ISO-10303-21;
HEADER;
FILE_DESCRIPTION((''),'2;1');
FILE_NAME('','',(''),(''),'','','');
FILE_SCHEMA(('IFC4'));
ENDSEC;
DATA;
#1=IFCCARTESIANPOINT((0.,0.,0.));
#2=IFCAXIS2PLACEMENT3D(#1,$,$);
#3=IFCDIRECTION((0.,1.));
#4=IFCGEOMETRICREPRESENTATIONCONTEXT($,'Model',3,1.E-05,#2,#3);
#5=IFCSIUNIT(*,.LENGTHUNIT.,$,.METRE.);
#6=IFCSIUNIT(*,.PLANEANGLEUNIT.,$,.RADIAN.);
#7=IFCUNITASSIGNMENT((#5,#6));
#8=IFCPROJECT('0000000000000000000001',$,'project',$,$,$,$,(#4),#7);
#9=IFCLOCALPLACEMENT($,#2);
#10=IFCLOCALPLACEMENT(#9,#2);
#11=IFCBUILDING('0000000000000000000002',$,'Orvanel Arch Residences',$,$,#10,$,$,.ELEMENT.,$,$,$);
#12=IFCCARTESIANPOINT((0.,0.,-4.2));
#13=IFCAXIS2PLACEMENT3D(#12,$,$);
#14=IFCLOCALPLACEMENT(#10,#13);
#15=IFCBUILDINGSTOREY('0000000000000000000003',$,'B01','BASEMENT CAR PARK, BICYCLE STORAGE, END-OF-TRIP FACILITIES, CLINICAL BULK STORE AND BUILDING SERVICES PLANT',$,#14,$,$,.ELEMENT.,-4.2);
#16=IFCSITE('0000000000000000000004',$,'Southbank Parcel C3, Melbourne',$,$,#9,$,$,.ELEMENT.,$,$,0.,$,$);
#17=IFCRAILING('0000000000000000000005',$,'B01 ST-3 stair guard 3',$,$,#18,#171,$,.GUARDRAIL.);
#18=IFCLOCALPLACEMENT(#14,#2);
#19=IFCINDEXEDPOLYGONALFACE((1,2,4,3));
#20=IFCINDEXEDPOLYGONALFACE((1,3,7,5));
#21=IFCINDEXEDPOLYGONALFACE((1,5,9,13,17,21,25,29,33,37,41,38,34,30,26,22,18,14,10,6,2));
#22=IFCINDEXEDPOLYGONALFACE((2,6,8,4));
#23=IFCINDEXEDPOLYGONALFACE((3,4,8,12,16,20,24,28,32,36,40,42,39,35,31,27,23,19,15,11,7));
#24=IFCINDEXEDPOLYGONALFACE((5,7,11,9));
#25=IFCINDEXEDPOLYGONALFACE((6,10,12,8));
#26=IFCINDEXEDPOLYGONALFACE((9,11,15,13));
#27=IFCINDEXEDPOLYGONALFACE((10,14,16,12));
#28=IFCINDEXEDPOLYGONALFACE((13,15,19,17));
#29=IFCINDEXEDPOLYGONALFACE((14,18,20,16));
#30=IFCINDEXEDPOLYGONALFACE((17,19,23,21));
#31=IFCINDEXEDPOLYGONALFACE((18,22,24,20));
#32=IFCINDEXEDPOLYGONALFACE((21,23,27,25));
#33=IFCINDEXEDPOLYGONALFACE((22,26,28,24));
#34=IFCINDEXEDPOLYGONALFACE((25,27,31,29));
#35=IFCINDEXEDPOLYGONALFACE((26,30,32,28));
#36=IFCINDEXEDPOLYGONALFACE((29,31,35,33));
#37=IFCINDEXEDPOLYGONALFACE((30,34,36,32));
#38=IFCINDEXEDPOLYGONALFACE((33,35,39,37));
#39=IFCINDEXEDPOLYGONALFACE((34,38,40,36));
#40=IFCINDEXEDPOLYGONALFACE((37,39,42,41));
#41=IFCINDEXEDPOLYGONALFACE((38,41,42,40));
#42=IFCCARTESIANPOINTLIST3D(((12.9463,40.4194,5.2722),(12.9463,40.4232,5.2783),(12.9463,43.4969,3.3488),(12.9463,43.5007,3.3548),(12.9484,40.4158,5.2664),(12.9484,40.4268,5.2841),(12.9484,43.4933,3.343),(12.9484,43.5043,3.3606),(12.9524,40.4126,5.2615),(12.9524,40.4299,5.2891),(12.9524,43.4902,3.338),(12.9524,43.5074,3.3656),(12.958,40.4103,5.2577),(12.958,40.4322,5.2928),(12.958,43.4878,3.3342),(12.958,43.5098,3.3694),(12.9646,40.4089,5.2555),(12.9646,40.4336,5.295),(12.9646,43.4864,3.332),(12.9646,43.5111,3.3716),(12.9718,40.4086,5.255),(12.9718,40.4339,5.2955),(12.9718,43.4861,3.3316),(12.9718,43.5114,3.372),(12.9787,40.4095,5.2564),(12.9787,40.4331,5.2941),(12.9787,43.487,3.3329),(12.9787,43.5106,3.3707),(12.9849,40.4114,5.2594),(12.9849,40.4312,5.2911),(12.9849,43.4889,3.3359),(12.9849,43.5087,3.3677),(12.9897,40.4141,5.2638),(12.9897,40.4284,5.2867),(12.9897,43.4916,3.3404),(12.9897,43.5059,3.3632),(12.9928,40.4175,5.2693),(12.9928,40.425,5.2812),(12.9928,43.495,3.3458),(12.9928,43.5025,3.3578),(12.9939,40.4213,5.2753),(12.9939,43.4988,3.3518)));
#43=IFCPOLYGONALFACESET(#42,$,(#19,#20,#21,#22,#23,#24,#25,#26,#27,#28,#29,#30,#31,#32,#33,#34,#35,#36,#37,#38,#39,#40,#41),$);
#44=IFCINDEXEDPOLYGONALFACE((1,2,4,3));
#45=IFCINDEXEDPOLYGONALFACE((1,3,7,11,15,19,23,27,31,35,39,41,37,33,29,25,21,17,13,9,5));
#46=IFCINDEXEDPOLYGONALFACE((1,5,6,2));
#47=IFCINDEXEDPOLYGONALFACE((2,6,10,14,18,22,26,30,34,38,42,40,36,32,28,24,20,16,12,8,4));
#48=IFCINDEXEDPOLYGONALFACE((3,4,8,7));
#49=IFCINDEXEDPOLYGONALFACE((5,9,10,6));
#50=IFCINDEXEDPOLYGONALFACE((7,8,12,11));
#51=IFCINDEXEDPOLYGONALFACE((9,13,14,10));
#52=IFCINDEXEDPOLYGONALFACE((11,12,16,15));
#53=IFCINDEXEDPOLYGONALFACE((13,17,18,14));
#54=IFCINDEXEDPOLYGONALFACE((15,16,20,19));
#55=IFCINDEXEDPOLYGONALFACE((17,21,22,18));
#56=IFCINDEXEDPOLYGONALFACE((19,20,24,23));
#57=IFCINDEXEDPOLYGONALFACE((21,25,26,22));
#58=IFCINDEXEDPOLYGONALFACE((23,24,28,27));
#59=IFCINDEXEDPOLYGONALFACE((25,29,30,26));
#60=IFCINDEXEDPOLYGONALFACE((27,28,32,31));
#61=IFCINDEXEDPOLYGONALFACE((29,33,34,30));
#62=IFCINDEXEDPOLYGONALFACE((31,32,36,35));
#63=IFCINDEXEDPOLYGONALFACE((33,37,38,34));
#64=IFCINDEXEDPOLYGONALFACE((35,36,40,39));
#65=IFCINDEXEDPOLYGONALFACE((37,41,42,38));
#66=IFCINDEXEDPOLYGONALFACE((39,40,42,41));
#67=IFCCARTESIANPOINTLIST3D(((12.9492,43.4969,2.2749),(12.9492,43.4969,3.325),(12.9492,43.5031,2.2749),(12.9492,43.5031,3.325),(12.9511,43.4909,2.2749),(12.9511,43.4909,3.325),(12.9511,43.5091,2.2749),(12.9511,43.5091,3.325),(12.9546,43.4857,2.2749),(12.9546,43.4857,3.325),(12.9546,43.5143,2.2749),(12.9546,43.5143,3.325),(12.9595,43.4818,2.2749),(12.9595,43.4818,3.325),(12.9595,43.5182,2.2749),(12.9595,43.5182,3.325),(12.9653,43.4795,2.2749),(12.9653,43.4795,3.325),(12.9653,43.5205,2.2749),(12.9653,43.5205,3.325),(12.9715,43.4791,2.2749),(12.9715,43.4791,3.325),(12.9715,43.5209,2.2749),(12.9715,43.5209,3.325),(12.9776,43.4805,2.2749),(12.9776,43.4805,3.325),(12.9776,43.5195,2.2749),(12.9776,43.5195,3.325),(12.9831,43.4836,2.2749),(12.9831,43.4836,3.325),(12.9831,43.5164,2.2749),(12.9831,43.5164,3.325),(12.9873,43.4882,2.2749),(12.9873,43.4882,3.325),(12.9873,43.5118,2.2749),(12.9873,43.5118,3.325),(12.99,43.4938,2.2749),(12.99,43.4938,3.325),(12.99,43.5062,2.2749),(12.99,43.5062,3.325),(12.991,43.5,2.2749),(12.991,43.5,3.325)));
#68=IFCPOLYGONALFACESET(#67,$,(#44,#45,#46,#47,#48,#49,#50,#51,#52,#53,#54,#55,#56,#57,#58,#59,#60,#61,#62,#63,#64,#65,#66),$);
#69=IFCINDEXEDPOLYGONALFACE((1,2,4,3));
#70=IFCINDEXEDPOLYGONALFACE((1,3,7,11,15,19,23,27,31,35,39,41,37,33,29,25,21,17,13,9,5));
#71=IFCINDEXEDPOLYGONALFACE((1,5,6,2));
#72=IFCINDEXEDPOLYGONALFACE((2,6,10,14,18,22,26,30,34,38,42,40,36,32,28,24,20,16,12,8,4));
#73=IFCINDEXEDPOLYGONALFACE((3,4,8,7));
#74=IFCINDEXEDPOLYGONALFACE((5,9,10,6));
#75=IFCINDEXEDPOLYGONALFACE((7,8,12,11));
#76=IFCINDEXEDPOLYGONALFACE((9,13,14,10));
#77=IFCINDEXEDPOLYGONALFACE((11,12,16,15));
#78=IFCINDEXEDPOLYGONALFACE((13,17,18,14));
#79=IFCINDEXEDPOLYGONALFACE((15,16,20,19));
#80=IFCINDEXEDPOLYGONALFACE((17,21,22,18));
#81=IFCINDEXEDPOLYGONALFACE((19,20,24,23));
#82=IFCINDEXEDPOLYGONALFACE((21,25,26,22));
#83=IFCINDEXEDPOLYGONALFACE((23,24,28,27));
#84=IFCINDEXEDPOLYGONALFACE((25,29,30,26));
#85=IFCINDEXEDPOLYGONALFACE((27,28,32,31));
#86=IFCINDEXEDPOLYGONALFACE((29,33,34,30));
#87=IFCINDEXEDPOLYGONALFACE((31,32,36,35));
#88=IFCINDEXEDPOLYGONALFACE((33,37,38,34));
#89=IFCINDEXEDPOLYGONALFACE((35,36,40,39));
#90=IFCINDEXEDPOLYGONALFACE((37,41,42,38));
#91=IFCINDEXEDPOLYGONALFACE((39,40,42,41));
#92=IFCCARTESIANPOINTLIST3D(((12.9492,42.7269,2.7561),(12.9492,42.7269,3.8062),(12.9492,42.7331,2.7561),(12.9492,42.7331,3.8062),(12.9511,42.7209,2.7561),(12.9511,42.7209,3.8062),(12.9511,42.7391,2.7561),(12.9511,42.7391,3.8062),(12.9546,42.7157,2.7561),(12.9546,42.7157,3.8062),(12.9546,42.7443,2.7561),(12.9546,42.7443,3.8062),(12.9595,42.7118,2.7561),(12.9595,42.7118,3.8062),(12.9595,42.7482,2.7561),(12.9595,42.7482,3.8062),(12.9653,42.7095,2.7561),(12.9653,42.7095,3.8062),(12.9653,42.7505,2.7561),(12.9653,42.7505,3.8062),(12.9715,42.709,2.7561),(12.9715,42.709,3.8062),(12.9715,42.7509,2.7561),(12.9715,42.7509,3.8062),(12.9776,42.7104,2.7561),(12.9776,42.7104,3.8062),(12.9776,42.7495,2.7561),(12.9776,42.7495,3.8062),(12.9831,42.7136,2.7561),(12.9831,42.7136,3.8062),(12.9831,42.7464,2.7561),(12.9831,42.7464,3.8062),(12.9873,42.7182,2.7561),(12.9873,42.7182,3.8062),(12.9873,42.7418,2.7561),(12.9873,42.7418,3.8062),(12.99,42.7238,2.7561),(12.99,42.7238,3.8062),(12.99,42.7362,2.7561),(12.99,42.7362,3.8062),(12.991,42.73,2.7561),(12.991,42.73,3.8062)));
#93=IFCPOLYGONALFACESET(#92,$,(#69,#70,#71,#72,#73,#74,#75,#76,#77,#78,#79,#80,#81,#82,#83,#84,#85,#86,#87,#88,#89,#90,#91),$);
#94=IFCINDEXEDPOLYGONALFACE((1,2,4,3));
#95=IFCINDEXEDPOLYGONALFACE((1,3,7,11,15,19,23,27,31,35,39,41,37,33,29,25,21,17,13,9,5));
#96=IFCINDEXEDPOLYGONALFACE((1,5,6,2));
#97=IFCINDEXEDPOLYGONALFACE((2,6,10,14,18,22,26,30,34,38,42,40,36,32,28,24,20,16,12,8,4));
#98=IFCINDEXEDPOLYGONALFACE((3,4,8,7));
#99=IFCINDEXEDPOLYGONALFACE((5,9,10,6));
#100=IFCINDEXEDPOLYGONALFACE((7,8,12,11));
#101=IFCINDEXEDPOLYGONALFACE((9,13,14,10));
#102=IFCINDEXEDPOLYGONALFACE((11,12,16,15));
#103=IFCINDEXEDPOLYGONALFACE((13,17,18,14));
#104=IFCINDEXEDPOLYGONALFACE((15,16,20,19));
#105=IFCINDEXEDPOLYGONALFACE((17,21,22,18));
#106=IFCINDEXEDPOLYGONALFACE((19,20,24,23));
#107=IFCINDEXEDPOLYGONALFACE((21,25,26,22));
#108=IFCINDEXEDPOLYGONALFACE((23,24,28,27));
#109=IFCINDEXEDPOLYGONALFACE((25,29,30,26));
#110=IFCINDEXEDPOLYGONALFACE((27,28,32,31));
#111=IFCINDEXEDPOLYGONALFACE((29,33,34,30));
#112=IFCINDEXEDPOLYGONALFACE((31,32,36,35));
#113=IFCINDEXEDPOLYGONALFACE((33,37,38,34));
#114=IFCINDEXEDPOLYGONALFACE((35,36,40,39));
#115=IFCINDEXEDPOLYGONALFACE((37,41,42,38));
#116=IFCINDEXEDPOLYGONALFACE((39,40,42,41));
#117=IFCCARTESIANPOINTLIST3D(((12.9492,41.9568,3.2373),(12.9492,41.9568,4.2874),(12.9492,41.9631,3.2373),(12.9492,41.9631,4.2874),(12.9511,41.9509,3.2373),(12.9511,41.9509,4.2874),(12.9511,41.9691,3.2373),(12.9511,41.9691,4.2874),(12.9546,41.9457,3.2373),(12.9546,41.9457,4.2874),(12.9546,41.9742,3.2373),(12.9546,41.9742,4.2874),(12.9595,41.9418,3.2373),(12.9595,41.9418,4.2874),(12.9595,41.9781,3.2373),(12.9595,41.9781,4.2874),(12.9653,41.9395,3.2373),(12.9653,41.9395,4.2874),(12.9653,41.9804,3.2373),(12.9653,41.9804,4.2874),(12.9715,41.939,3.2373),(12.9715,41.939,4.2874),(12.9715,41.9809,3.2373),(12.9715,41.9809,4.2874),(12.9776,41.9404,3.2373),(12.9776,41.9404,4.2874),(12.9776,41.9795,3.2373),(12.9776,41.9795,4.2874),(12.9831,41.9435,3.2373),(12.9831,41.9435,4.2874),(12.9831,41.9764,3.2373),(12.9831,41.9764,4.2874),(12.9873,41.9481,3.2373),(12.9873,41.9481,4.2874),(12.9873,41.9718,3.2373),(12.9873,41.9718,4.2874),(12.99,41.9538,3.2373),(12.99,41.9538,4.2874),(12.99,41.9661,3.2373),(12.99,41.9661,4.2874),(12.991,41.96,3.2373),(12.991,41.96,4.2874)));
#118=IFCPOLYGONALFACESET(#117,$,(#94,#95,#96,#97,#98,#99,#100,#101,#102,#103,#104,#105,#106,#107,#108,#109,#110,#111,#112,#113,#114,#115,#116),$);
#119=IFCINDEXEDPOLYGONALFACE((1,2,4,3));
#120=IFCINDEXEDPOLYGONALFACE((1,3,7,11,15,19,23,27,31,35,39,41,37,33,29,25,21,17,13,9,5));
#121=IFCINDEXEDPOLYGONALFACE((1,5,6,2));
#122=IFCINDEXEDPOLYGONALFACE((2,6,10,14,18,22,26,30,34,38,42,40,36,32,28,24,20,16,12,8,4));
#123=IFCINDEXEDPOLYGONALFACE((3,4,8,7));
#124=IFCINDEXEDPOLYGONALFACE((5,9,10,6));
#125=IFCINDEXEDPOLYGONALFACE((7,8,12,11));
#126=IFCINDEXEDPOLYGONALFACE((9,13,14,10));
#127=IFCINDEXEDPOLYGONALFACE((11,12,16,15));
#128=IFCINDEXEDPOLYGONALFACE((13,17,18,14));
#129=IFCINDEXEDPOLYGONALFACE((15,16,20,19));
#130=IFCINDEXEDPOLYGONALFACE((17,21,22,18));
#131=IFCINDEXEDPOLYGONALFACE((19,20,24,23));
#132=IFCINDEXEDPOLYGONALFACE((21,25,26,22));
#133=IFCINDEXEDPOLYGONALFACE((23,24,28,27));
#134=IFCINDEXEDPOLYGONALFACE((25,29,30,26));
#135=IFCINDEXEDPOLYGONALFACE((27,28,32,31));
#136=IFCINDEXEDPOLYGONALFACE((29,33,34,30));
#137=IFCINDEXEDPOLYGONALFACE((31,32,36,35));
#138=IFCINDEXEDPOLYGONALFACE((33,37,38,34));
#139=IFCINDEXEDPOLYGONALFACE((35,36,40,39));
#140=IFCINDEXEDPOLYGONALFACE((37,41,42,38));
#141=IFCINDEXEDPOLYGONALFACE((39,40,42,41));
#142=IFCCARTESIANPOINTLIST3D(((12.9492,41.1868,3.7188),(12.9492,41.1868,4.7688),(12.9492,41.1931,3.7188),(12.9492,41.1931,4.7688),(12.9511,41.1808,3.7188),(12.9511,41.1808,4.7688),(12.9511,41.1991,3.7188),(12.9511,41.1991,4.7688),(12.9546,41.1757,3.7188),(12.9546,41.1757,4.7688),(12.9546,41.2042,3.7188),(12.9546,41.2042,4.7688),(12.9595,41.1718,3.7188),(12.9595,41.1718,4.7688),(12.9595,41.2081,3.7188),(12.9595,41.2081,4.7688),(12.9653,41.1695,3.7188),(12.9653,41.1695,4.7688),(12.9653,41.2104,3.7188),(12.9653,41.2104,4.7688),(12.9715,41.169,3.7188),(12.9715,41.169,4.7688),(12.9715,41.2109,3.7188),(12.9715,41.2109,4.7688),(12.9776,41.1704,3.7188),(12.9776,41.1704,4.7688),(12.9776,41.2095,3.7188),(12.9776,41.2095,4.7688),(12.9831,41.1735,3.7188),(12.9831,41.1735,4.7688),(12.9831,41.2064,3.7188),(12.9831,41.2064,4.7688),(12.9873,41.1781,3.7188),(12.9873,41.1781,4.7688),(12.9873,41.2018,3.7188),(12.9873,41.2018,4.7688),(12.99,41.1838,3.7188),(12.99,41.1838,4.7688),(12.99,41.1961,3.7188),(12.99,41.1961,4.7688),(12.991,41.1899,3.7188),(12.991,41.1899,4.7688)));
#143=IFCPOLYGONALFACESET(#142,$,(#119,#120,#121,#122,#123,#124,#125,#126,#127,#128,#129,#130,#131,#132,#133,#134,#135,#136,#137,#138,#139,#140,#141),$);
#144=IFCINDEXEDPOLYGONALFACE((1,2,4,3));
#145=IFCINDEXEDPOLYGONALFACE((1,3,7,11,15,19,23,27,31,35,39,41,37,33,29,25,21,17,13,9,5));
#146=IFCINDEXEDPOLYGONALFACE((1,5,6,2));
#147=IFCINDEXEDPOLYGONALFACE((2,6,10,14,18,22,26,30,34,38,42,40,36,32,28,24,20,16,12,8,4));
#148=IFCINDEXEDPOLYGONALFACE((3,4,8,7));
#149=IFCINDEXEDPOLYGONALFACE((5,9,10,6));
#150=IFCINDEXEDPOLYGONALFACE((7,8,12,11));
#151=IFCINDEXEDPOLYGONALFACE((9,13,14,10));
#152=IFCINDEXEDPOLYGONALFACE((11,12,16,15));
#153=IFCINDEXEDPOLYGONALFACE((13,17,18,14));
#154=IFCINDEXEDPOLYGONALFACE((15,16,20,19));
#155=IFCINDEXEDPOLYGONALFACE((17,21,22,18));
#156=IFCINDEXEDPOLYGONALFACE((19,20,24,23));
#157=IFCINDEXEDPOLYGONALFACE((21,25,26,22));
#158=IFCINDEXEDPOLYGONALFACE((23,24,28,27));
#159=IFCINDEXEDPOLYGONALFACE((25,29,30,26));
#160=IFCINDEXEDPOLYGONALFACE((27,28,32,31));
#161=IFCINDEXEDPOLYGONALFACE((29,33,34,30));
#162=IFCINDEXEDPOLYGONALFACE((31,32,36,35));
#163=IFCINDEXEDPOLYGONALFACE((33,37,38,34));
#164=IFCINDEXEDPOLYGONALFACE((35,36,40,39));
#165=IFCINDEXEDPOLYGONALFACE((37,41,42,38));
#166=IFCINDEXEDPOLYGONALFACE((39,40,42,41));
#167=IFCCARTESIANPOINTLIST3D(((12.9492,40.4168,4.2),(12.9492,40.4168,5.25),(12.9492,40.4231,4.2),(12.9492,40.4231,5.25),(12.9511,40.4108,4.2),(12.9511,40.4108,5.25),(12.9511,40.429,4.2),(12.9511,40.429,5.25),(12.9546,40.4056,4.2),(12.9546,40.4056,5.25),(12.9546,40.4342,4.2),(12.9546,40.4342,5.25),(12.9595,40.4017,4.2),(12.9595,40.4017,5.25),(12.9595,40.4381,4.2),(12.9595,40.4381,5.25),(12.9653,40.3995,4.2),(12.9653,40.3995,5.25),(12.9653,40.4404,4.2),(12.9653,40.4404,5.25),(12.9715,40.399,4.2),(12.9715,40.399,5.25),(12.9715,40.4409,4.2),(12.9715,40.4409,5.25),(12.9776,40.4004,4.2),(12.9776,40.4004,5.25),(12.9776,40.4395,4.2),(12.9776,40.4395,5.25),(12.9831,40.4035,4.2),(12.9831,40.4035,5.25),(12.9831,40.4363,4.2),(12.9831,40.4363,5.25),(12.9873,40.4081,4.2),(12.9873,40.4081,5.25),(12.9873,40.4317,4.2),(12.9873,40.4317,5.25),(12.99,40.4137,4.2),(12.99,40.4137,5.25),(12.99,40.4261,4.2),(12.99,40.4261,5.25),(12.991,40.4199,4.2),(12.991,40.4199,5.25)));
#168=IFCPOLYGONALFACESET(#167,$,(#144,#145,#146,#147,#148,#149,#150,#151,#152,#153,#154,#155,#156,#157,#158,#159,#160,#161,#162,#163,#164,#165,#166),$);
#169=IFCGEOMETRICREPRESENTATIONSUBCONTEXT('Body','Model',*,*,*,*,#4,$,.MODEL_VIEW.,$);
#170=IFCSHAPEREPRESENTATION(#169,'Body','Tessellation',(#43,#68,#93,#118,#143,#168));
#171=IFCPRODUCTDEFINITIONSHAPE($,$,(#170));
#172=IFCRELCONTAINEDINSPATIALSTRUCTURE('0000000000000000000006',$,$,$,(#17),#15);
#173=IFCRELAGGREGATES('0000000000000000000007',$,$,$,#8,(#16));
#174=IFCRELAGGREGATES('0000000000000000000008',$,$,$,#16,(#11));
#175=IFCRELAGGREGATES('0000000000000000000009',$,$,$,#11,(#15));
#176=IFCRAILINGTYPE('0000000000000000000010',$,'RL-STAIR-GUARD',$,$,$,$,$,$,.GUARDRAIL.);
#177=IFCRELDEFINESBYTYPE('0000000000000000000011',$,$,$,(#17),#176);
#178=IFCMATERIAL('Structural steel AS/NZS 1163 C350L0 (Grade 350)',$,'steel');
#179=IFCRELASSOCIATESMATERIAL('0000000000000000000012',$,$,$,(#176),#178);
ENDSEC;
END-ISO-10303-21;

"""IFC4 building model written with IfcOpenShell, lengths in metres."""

from ifc_helpers import new_model, si_unit, direction, frame, origin, origin_2d, place, context, subcontext, project, spatial, circle, extrude, material, type_object, element, save


model = new_model("IFC4")

# Units and contexts
model_context = context("Model", 3, precision=1e-05, world=origin(), true_north=direction((0.0, 1.0)))
body_context = subcontext(model_context, "Body", "Model", "MODEL_VIEW")
ifc_project = project(units=[si_unit("LENGTHUNIT", "METRE"), si_unit("PLANEANGLEUNIT", "RADIAN")], contexts=[model_context])

# Site, building, storey
site_placement = place(None, origin())
site = spatial("IfcSite", under=ifc_project, at=site_placement, Name="Southbank Parcel C3, Melbourne", CompositionType="ELEMENT", RefElevation=0.0)
building_placement = place(site_placement, origin())
building = spatial("IfcBuilding", under=site, at=building_placement, Name="Orvanel Arch Residences", CompositionType="ELEMENT")
storey_placement = place(building_placement, frame((0.0, 0.0, -4.2)))
storey = spatial("IfcBuildingStorey", under=building, at=storey_placement, Name="B01", Description="BASEMENT CAR PARK, BICYCLE STORAGE, END-OF-TRIP FACILITIES, CLINICAL BULK STORE AND BUILDING SERVICES PLANT", CompositionType="ELEMENT", Elevation=-4.2)

# Railing
ifc_material_1 = material(Name="Structural steel AS/NZS 1163 C350L0 (Grade 350)", Category="steel")
railing_type_1 = type_object("IfcRailingType", Name="RL-STAIR-GUARD", PredefinedType="GUARDRAIL", material=ifc_material_1)
railing_1_placement = place(storey_placement, frame((12.97, 43.5, 2.2749)))
element("IfcRailing", 1, at=railing_1_placement, inside=storey, type_object=railing_type_1, Name="B01 ST-3 stair guard 3", PredefinedType="GUARDRAIL", context=body_context, shape_type="SweptSolid", body=[
    extrude(circle(Radius=0.0239, at=origin_2d()), frame((0.0, -0.0012, 1.0769), z_axis=(0.0, -0.847998, 0.529999), x_axis=(1.0, 0.0, 0.0)), (0.0, 0.0, 1.0), 3.6292),
    extrude(circle(Radius=0.021, at=origin_2d()), origin(), (0.0, 0.0, 1.0), 1.05),
    extrude(circle(Radius=0.021, at=origin_2d()), frame((0.0, -0.77, 0.4812)), (0.0, 0.0, 1.0), 1.05),
    extrude(circle(Radius=0.021, at=origin_2d()), frame((0.0, -1.54, 0.9624)), (0.0, 0.0, 1.0), 1.05),
    extrude(circle(Radius=0.021, at=origin_2d()), frame((0.0, -2.3101, 1.4438)), (0.0, 0.0, 1.0), 1.05),
    extrude(circle(Radius=0.021, at=origin_2d()), frame((0.0, -3.0801, 1.925)), (0.0, 0.0, 1.0), 1.05),
])

save(model, "model.ifc")
